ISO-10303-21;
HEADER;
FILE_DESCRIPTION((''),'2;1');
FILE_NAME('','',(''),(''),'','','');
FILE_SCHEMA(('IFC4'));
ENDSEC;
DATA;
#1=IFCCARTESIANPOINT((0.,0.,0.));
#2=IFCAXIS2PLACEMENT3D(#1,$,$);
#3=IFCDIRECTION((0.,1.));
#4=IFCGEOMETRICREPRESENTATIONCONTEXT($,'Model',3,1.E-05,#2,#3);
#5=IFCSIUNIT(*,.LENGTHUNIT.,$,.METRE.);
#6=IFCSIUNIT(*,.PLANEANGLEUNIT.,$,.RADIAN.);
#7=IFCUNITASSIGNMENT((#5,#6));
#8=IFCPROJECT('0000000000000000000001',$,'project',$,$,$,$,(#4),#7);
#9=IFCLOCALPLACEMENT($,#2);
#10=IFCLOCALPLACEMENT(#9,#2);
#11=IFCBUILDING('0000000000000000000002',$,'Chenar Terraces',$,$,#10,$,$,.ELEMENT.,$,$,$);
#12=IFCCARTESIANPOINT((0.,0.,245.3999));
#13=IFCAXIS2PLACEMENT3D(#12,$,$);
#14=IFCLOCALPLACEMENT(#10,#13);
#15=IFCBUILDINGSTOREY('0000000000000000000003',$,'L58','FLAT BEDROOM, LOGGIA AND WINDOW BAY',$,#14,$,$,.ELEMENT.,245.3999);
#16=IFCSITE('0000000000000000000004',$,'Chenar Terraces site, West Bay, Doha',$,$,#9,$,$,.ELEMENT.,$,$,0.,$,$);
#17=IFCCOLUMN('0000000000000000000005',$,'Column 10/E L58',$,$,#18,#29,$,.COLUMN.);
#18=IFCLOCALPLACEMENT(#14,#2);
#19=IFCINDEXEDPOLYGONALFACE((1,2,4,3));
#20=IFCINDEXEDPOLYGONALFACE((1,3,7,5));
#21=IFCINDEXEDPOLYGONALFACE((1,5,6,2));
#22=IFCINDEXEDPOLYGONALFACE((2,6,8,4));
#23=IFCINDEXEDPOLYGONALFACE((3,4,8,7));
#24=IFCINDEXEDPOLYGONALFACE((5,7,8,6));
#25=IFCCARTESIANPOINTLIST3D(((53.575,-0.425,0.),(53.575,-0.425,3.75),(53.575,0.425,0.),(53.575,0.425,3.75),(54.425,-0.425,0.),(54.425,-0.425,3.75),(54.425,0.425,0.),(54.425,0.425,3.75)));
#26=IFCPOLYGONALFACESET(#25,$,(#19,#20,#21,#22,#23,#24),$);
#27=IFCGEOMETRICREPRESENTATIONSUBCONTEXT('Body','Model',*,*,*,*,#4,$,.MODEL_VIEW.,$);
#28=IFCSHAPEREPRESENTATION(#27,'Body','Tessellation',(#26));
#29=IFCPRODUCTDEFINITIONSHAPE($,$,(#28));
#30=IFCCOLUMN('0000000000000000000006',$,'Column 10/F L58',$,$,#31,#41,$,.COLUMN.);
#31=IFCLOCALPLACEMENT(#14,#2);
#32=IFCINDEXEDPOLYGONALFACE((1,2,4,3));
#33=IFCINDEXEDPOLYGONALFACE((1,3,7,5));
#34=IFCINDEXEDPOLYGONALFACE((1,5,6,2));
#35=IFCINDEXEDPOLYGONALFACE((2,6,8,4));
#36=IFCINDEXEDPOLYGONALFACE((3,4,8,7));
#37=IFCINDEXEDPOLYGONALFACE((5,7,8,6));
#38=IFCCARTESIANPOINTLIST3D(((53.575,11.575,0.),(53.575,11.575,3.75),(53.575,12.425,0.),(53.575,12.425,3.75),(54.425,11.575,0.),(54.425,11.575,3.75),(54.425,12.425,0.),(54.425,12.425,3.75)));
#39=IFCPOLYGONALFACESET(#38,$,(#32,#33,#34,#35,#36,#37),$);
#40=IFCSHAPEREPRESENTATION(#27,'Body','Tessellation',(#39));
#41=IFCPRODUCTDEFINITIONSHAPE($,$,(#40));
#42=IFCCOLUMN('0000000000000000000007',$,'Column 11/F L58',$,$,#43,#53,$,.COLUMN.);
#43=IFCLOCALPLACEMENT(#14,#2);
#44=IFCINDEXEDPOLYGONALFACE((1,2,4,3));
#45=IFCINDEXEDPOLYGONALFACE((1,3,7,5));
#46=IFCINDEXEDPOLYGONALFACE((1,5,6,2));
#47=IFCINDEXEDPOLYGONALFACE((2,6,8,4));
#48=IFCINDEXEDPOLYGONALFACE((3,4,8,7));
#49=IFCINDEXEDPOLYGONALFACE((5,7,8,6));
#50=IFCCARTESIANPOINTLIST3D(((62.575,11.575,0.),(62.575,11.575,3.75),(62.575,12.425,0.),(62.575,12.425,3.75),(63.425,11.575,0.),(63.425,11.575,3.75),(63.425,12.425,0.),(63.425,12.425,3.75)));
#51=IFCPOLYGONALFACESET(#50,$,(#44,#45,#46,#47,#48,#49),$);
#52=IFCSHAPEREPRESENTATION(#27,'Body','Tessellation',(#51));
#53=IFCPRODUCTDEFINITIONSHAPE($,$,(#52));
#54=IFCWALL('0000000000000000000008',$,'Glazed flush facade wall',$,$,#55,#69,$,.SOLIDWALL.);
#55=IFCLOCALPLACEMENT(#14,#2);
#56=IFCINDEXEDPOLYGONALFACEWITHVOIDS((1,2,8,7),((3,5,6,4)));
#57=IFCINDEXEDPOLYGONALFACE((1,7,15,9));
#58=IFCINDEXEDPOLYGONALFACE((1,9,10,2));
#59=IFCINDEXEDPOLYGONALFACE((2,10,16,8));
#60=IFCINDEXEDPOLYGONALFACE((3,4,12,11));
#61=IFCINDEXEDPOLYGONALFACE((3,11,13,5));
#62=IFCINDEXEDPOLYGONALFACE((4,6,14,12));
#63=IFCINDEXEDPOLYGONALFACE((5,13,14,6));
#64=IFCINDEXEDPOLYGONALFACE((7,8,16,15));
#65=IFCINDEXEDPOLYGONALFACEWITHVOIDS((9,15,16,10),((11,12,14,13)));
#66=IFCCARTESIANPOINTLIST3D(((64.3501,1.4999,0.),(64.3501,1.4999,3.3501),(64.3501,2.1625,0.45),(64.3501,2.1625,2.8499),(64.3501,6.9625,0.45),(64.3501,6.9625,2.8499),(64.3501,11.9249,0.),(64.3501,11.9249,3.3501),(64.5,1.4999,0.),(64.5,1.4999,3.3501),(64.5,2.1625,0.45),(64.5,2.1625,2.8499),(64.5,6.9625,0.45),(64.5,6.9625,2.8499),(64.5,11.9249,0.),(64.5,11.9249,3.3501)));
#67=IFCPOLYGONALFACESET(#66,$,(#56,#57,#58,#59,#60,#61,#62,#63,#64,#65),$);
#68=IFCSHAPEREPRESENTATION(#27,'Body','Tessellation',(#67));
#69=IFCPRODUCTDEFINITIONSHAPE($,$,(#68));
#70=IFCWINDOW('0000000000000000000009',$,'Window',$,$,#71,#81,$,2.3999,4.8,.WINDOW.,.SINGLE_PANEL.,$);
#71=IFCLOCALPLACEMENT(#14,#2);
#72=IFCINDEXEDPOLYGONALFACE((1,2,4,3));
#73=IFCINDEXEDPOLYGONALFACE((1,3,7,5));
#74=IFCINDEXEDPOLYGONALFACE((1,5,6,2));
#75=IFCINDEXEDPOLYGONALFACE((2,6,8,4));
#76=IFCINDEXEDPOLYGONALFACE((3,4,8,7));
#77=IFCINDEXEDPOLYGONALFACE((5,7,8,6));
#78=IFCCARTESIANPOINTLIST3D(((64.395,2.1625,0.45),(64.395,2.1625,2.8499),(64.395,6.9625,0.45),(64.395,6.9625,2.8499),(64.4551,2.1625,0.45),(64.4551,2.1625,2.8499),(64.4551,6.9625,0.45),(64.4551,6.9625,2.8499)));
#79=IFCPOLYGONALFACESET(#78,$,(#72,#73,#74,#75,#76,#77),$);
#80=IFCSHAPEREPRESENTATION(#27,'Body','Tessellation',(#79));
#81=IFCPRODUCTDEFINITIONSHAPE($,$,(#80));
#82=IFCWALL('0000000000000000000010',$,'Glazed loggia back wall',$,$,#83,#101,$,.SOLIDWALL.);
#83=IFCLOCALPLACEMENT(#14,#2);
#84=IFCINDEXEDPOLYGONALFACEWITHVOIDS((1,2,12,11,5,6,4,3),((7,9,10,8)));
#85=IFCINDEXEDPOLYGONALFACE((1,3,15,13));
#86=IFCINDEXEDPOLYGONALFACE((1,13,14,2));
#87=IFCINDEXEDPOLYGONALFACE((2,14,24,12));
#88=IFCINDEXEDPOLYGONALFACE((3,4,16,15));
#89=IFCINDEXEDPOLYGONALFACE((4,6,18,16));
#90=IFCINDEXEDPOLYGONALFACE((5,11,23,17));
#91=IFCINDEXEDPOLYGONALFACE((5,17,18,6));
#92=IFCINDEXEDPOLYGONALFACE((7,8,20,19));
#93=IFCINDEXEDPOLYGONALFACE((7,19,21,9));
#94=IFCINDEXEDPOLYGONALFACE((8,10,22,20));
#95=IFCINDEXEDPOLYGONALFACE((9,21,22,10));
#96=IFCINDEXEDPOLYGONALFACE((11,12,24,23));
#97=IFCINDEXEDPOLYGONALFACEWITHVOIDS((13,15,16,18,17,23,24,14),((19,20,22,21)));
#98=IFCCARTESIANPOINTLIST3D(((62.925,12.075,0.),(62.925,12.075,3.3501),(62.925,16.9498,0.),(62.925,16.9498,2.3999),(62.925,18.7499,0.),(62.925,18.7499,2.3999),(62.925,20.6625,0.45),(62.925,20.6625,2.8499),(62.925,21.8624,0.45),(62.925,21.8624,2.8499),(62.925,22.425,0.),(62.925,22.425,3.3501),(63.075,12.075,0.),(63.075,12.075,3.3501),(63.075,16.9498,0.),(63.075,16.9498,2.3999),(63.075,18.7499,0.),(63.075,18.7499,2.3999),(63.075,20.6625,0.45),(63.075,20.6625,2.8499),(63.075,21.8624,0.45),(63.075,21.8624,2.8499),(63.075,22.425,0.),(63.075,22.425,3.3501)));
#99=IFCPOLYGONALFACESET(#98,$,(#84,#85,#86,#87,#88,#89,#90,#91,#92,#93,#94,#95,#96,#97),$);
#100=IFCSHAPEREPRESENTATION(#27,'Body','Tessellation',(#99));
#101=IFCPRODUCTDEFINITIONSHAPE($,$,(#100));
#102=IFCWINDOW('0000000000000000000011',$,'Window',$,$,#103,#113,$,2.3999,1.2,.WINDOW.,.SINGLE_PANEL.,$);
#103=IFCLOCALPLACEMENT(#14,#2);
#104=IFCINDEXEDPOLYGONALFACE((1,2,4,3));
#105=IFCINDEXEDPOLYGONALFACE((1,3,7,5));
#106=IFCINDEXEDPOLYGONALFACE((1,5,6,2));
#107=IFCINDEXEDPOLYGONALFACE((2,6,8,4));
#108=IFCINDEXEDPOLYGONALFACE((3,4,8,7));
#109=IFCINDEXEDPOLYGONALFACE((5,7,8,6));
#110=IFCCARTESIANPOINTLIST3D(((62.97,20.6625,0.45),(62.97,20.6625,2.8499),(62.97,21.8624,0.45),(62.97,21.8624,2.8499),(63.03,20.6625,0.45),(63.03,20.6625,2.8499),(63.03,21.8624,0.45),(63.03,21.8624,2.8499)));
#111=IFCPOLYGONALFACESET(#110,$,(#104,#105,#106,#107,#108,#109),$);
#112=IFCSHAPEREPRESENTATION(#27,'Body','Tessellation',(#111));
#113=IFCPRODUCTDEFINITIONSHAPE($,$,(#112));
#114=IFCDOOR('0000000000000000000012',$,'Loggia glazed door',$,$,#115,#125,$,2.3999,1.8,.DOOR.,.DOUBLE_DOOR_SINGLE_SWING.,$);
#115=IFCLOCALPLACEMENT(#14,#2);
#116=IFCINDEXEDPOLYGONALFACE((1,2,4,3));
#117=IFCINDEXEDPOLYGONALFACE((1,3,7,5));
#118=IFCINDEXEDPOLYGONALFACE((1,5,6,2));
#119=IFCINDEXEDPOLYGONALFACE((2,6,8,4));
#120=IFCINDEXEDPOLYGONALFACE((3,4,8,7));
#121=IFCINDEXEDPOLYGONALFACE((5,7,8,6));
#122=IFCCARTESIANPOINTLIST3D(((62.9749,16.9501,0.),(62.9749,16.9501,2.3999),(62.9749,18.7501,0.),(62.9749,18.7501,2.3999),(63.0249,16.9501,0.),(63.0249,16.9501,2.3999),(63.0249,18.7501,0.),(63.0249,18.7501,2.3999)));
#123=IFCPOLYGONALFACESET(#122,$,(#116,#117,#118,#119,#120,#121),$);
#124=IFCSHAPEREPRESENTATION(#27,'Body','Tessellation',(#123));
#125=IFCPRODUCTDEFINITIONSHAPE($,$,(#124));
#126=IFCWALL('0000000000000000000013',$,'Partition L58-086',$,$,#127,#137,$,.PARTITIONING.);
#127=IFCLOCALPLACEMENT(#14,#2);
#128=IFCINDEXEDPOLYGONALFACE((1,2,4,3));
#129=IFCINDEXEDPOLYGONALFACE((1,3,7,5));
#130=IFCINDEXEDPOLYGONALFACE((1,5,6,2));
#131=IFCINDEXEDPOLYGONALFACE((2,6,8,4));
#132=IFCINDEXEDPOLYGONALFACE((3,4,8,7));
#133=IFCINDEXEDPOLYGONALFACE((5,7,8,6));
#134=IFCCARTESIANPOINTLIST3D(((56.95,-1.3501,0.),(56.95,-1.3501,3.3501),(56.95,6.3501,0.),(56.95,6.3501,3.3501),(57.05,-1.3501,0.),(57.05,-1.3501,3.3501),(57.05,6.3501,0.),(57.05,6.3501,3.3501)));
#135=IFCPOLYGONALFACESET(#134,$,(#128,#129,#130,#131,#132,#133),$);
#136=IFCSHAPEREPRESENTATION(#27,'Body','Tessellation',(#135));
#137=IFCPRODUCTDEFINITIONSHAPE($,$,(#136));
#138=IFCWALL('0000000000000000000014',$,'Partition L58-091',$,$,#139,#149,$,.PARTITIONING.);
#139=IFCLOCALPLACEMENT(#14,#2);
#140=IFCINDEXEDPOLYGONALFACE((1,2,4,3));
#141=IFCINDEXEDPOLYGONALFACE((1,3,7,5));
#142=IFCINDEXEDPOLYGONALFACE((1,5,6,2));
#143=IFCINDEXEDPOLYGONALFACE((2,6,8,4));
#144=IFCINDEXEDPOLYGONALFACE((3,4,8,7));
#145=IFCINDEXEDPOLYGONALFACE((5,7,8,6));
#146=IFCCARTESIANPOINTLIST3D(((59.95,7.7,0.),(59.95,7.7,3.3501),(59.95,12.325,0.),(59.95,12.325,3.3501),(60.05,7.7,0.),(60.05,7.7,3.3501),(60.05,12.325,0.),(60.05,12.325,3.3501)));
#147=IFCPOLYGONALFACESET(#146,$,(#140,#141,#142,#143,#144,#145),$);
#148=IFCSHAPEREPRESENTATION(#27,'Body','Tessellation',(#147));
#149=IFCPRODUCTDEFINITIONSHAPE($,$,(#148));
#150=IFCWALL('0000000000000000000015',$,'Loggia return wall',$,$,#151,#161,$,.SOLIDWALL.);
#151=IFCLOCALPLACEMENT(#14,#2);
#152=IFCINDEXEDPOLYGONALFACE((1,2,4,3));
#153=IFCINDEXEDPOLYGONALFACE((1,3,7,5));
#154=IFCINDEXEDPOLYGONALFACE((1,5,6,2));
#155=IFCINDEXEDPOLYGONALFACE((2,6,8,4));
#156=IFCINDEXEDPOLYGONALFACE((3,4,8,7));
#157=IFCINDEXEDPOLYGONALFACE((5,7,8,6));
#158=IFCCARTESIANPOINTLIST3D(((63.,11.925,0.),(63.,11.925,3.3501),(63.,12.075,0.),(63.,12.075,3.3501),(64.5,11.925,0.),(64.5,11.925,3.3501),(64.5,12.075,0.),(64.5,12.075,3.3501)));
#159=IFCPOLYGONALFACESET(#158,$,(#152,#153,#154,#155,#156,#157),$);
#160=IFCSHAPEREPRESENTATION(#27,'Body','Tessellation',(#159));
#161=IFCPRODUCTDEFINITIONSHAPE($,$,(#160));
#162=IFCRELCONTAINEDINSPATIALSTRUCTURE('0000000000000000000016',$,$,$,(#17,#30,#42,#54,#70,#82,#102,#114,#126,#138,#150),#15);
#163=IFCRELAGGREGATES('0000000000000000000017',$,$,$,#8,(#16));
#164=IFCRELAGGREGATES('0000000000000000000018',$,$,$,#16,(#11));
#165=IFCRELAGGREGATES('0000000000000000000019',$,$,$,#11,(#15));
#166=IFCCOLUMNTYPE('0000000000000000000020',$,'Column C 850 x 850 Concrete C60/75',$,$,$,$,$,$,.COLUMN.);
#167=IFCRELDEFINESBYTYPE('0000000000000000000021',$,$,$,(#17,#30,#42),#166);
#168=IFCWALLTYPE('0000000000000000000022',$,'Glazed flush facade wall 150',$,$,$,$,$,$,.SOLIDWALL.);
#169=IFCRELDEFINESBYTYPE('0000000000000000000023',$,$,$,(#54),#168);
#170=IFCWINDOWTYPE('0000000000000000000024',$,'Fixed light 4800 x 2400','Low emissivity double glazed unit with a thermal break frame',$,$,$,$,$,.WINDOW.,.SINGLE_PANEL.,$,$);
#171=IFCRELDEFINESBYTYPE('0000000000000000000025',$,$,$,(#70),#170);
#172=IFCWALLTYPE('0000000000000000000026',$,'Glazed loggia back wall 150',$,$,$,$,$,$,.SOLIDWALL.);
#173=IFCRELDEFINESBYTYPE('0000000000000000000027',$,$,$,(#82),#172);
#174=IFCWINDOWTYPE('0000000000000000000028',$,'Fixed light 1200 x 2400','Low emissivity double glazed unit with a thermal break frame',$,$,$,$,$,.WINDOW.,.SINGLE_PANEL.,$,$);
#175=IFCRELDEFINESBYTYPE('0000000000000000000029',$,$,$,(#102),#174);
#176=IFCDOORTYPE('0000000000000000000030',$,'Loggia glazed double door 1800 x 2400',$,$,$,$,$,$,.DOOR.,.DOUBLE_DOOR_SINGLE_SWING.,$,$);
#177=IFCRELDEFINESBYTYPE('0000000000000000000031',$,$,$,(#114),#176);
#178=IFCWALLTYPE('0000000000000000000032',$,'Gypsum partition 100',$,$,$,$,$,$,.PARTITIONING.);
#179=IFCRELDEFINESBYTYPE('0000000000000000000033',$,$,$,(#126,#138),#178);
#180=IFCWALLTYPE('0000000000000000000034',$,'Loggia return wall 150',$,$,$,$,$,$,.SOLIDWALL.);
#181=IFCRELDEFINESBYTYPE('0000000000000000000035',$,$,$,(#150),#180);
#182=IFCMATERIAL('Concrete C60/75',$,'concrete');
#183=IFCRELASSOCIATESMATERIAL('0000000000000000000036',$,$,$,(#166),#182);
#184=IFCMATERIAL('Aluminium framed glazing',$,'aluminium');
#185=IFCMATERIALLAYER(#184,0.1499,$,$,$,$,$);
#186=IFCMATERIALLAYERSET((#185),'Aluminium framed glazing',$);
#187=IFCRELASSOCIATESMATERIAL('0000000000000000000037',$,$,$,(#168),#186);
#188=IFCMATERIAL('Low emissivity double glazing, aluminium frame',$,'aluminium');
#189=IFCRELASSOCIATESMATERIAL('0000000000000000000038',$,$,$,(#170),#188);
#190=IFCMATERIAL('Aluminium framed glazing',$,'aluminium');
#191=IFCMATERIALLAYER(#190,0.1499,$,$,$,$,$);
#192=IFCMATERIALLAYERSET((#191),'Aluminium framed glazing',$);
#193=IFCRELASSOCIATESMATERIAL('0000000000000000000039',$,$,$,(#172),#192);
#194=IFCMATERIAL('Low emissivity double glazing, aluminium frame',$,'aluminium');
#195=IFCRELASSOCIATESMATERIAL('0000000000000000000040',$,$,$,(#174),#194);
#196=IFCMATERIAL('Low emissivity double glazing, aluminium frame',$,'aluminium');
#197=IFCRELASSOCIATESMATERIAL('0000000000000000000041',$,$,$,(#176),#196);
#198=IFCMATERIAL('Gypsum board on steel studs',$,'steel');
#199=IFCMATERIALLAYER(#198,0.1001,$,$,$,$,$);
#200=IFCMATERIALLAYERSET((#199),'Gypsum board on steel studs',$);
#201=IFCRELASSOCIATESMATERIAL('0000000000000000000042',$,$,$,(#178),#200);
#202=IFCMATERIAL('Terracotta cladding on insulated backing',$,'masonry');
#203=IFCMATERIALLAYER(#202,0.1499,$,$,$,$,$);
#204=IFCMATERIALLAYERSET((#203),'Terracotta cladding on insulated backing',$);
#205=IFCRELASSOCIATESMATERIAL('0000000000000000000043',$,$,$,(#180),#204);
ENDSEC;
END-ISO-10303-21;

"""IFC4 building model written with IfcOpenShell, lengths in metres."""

from ifc_helpers import new_model, si_unit, direction, frame, frame_2d, origin, origin_2d, place, context, subcontext, project, spatial, rectangle, extrude, material, layer, layer_set, material_profile, profile_set, type_object, element, fill, save


model = new_model("IFC4")

# Units and contexts
model_context = context("Model", 3, precision=1e-05, world=origin(), true_north=direction((0.0, 1.0)))
body_context = subcontext(model_context, "Body", "Model", "MODEL_VIEW")
ifc_project = project(units=[si_unit("LENGTHUNIT", "METRE"), si_unit("PLANEANGLEUNIT", "RADIAN")], contexts=[model_context])

# Site, building, storey
site_placement = place(None, origin())
site = spatial("IfcSite", under=ifc_project, at=site_placement, Name="Chenar Terraces site, West Bay, Doha", CompositionType="ELEMENT", RefElevation=0.0)
building_placement = place(site_placement, origin())
building = spatial("IfcBuilding", under=site, at=building_placement, Name="Chenar Terraces", CompositionType="ELEMENT")
storey_placement = place(building_placement, frame((0.0, 0.0, 245.3999)))
storey = spatial("IfcBuildingStorey", under=building, at=storey_placement, Name="L58", Description="FLAT BEDROOM, LOGGIA AND WINDOW BAY", CompositionType="ELEMENT", Elevation=245.3999)

# Columns
ifc_material_1 = material(Name="Concrete C60/75", Category="concrete")
ifc_material_profile_1 = material_profile(ifc_material_1, rectangle(XDim=0.8501, YDim=0.8501, at=origin_2d()), Name="C 850 x 850")
ifc_profile_set_1 = profile_set([ifc_material_profile_1], Name="Concrete C60/75")
column_type = type_object("IfcColumnType", Name="Column C 850 x 850 Concrete C60/75", PredefinedType="COLUMN", material=ifc_profile_set_1)
for number, where, z_axis, x_axis, name in (
    (1, (54.0, 0.0, 0.0), (0.0, 0.0, 1.0), (1.0, 0.0, 0.0), "Column 10/E L58"),
    (2, (54.0, 12.0, 0.0), (0.0, 0.0, 1.0), (1.0, 0.0, 0.0), "Column 10/F L58"),
    (3, (63.0, 12.0, 0.0), (0.0, 0.0, 1.0), (1.0, 0.0, 0.0), "Column 11/F L58"),
):
    element("IfcColumn", number, at=place(storey_placement, frame(where, z_axis=z_axis, x_axis=x_axis)), inside=storey, type_object=column_type, Name=name, PredefinedType="COLUMN", context=body_context, shape_type="SweptSolid", body=[
        extrude(rectangle(XDim=0.8501, YDim=0.8501, at=origin_2d()), origin(), (0.0, 0.0, 1.0), 3.75),
    ])

# Wall, opening, window
ifc_material_2 = material(Name="Aluminium framed glazing", Category="aluminium")
ifc_layer_1 = layer(ifc_material_2, 0.1499)
ifc_layer_set_1 = layer_set([ifc_layer_1], Name="Aluminium framed glazing")
wall_type_1 = type_object("IfcWallType", Name="Glazed flush facade wall 150", PredefinedType="SOLIDWALL", material=ifc_layer_set_1)
wall_1_placement = place(storey_placement, frame((64.425, 1.5, 0.0), z_axis=(0.0, 0.0, 1.0), x_axis=(0.0, 1.0, 0.0)))
wall_1 = element("IfcWall", 4, at=wall_1_placement, inside=storey, type_object=wall_type_1, Name="Glazed flush facade wall", PredefinedType="SOLIDWALL", context=body_context, shape_type="SweptSolid", body=[
    extrude(rectangle(XDim=10.425, YDim=0.1499, at=frame_2d((5.2124, 0.0))), origin(), (0.0, 0.0, 1.0), 3.3501),
])
opening_1_placement = place(wall_1_placement, frame((0.6626, 0.0, 0.45)))
opening_1 = element("IfcOpeningElement", 5, at=opening_1_placement, cuts=wall_1, PredefinedType="OPENING", context=body_context, shape_type="SweptSolid", body=[
    extrude(rectangle(XDim=4.8, YDim=2.3999, at=frame_2d((2.3999, 1.2))), frame((0.0, 0.085, 0.0), z_axis=(0.0, -1.0, 0.0), x_axis=(1.0, 0.0, 0.0)), (0.0, 0.0, 1.0), 0.1699),
])
ifc_material_3 = material(Name="Low emissivity double glazing, aluminium frame", Category="aluminium")
window_type_1 = type_object("IfcWindowType", Name="Fixed light 4800 x 2400", Description="Low emissivity double glazed unit with a thermal break frame", PartitioningType="SINGLE_PANEL", PredefinedType="WINDOW", material=ifc_material_3)
window_1_placement = place(opening_1_placement, origin())
window_1 = element("IfcWindow", 6, at=window_1_placement, inside=storey, type_object=window_type_1, Name="Window", OverallHeight=2.3999, OverallWidth=4.8, PartitioningType="SINGLE_PANEL", PredefinedType="WINDOW", context=body_context, shape_type="SweptSolid", body=[
    extrude(rectangle(XDim=4.8, YDim=2.3999, at=frame_2d((2.3999, 1.2))), frame((0.0, 0.03, 0.0), z_axis=(0.0, -1.0, 0.0), x_axis=(1.0, 0.0, 0.0)), (0.0, 0.0, 1.0), 0.0601),
])
fill(opening_1, window_1)

# Wall, openings, window, door
ifc_material_4 = material(Name="Aluminium framed glazing", Category="aluminium")
ifc_layer_2 = layer(ifc_material_4, 0.1499)
ifc_layer_set_2 = layer_set([ifc_layer_2], Name="Aluminium framed glazing")
wall_type_2 = type_object("IfcWallType", Name="Glazed loggia back wall 150", PredefinedType="SOLIDWALL", material=ifc_layer_set_2)
wall_2_placement = place(storey_placement, frame((63.0, 12.075, 0.0), z_axis=(0.0, 0.0, 1.0), x_axis=(0.0, 1.0, 0.0)))
wall_2 = element("IfcWall", 7, at=wall_2_placement, inside=storey, type_object=wall_type_2, Name="Glazed loggia back wall", PredefinedType="SOLIDWALL", context=body_context, shape_type="SweptSolid", body=[
    extrude(rectangle(XDim=10.3501, YDim=0.1499, at=frame_2d((5.175, 0.0))), origin(), (0.0, 0.0, 1.0), 3.3501),
])
opening_2_placement = place(wall_2_placement, frame((4.875, 0.0, 0.0)))
opening_2 = element("IfcOpeningElement", 8, at=opening_2_placement, cuts=wall_2, PredefinedType="OPENING", context=body_context, shape_type="SweptSolid", body=[
    extrude(rectangle(XDim=1.8, YDim=2.3999, at=frame_2d((0.8999, 1.2))), frame((0.0, 0.085, 0.0), z_axis=(0.0, -1.0, 0.0), x_axis=(1.0, 0.0, 0.0)), (0.0, 0.0, 1.0), 0.1699),
])
opening_3_placement = place(wall_2_placement, frame((8.5874, 0.0, 0.45)))
opening_3 = element("IfcOpeningElement", 9, at=opening_3_placement, cuts=wall_2, PredefinedType="OPENING", context=body_context, shape_type="SweptSolid", body=[
    extrude(rectangle(XDim=1.2, YDim=2.3999, at=frame_2d((0.6001, 1.2))), frame((0.0, 0.085, 0.0), z_axis=(0.0, -1.0, 0.0), x_axis=(1.0, 0.0, 0.0)), (0.0, 0.0, 1.0), 0.1699),
])
ifc_material_5 = material(Name="Low emissivity double glazing, aluminium frame", Category="aluminium")
window_type_2 = type_object("IfcWindowType", Name="Fixed light 1200 x 2400", Description="Low emissivity double glazed unit with a thermal break frame", PartitioningType="SINGLE_PANEL", PredefinedType="WINDOW", material=ifc_material_5)
window_2_placement = place(opening_3_placement, origin())
window_2 = element("IfcWindow", 10, at=window_2_placement, inside=storey, type_object=window_type_2, Name="Window", OverallHeight=2.3999, OverallWidth=1.2, PartitioningType="SINGLE_PANEL", PredefinedType="WINDOW", context=body_context, shape_type="SweptSolid", body=[
    extrude(rectangle(XDim=1.2, YDim=2.3999, at=frame_2d((0.6001, 1.2))), frame((0.0, 0.03, 0.0), z_axis=(0.0, -1.0, 0.0), x_axis=(1.0, 0.0, 0.0)), (0.0, 0.0, 1.0), 0.0601),
])
fill(opening_3, window_2)
ifc_material_6 = material(Name="Low emissivity double glazing, aluminium frame", Category="aluminium")
door_type_1 = type_object("IfcDoorType", Name="Loggia glazed double door 1800 x 2400", OperationType="DOUBLE_DOOR_SINGLE_SWING", PredefinedType="DOOR", material=ifc_material_6)
door_1_placement = place(opening_2_placement, frame((1.8, 0.0, 0.0), z_axis=(0.0, 0.0, 1.0), x_axis=(-1.0, 0.0, 0.0)))
door_1 = element("IfcDoor", 11, at=door_1_placement, inside=storey, type_object=door_type_1, Name="Loggia glazed door", OperationType="DOUBLE_DOOR_SINGLE_SWING", OverallHeight=2.3999, OverallWidth=1.8, PredefinedType="DOOR", context=body_context, shape_type="SweptSolid", body=[
    extrude(rectangle(XDim=1.8, YDim=2.3999, at=frame_2d((0.8999, 1.2))), frame((0.0, 0.0249, 0.0), z_axis=(0.0, -1.0, 0.0), x_axis=(1.0, 0.0, 0.0)), (0.0, 0.0, 1.0), 0.05),
])
fill(opening_2, door_1)

# Walls
ifc_material_7 = material(Name="Gypsum board on steel studs", Category="steel")
ifc_layer_3 = layer(ifc_material_7, 0.1001)
ifc_layer_set_3 = layer_set([ifc_layer_3], Name="Gypsum board on steel studs")
wall_type_3 = type_object("IfcWallType", Name="Gypsum partition 100", PredefinedType="PARTITIONING", material=ifc_layer_set_3)
wall_3_placement = place(storey_placement, frame((57.0, -1.3501, 0.0), z_axis=(0.0, 0.0, 1.0), x_axis=(0.0, 1.0, 0.0)))
element("IfcWall", 12, at=wall_3_placement, inside=storey, type_object=wall_type_3, Name="Partition L58-086", PredefinedType="PARTITIONING", context=body_context, shape_type="SweptSolid", body=[
    extrude(rectangle(XDim=7.7002, YDim=0.1001, at=frame_2d((3.8501, 0.0))), origin(), (0.0, 0.0, 1.0), 3.3501),
])
wall_4_placement = place(storey_placement, frame((60.0, 7.7, 0.0), z_axis=(0.0, 0.0, 1.0), x_axis=(0.0, 1.0, 0.0)))
element("IfcWall", 13, at=wall_4_placement, inside=storey, type_object=wall_type_3, Name="Partition L58-091", PredefinedType="PARTITIONING", context=body_context, shape_type="SweptSolid", body=[
    extrude(rectangle(XDim=4.625, YDim=0.1001, at=frame_2d((2.3125, 0.0))), origin(), (0.0, 0.0, 1.0), 3.3501),
])
ifc_material_8 = material(Name="Terracotta cladding on insulated backing", Category="masonry")
ifc_layer_4 = layer(ifc_material_8, 0.1499)
ifc_layer_set_4 = layer_set([ifc_layer_4], Name="Terracotta cladding on insulated backing")
wall_type_4 = type_object("IfcWallType", Name="Loggia return wall 150", PredefinedType="SOLIDWALL", material=ifc_layer_set_4)
wall_5_placement = place(storey_placement, frame((64.5, 12.0, 0.0), z_axis=(0.0, 0.0, 1.0), x_axis=(-1.0, 0.0, 0.0)))
element("IfcWall", 14, at=wall_5_placement, inside=storey, type_object=wall_type_4, Name="Loggia return wall", PredefinedType="SOLIDWALL", context=body_context, shape_type="SweptSolid", body=[
    extrude(rectangle(XDim=1.5, YDim=0.1499, at=frame_2d((0.75, 0.0))), origin(), (0.0, 0.0, 1.0), 3.3501),
])

save(model, "model.ifc")
